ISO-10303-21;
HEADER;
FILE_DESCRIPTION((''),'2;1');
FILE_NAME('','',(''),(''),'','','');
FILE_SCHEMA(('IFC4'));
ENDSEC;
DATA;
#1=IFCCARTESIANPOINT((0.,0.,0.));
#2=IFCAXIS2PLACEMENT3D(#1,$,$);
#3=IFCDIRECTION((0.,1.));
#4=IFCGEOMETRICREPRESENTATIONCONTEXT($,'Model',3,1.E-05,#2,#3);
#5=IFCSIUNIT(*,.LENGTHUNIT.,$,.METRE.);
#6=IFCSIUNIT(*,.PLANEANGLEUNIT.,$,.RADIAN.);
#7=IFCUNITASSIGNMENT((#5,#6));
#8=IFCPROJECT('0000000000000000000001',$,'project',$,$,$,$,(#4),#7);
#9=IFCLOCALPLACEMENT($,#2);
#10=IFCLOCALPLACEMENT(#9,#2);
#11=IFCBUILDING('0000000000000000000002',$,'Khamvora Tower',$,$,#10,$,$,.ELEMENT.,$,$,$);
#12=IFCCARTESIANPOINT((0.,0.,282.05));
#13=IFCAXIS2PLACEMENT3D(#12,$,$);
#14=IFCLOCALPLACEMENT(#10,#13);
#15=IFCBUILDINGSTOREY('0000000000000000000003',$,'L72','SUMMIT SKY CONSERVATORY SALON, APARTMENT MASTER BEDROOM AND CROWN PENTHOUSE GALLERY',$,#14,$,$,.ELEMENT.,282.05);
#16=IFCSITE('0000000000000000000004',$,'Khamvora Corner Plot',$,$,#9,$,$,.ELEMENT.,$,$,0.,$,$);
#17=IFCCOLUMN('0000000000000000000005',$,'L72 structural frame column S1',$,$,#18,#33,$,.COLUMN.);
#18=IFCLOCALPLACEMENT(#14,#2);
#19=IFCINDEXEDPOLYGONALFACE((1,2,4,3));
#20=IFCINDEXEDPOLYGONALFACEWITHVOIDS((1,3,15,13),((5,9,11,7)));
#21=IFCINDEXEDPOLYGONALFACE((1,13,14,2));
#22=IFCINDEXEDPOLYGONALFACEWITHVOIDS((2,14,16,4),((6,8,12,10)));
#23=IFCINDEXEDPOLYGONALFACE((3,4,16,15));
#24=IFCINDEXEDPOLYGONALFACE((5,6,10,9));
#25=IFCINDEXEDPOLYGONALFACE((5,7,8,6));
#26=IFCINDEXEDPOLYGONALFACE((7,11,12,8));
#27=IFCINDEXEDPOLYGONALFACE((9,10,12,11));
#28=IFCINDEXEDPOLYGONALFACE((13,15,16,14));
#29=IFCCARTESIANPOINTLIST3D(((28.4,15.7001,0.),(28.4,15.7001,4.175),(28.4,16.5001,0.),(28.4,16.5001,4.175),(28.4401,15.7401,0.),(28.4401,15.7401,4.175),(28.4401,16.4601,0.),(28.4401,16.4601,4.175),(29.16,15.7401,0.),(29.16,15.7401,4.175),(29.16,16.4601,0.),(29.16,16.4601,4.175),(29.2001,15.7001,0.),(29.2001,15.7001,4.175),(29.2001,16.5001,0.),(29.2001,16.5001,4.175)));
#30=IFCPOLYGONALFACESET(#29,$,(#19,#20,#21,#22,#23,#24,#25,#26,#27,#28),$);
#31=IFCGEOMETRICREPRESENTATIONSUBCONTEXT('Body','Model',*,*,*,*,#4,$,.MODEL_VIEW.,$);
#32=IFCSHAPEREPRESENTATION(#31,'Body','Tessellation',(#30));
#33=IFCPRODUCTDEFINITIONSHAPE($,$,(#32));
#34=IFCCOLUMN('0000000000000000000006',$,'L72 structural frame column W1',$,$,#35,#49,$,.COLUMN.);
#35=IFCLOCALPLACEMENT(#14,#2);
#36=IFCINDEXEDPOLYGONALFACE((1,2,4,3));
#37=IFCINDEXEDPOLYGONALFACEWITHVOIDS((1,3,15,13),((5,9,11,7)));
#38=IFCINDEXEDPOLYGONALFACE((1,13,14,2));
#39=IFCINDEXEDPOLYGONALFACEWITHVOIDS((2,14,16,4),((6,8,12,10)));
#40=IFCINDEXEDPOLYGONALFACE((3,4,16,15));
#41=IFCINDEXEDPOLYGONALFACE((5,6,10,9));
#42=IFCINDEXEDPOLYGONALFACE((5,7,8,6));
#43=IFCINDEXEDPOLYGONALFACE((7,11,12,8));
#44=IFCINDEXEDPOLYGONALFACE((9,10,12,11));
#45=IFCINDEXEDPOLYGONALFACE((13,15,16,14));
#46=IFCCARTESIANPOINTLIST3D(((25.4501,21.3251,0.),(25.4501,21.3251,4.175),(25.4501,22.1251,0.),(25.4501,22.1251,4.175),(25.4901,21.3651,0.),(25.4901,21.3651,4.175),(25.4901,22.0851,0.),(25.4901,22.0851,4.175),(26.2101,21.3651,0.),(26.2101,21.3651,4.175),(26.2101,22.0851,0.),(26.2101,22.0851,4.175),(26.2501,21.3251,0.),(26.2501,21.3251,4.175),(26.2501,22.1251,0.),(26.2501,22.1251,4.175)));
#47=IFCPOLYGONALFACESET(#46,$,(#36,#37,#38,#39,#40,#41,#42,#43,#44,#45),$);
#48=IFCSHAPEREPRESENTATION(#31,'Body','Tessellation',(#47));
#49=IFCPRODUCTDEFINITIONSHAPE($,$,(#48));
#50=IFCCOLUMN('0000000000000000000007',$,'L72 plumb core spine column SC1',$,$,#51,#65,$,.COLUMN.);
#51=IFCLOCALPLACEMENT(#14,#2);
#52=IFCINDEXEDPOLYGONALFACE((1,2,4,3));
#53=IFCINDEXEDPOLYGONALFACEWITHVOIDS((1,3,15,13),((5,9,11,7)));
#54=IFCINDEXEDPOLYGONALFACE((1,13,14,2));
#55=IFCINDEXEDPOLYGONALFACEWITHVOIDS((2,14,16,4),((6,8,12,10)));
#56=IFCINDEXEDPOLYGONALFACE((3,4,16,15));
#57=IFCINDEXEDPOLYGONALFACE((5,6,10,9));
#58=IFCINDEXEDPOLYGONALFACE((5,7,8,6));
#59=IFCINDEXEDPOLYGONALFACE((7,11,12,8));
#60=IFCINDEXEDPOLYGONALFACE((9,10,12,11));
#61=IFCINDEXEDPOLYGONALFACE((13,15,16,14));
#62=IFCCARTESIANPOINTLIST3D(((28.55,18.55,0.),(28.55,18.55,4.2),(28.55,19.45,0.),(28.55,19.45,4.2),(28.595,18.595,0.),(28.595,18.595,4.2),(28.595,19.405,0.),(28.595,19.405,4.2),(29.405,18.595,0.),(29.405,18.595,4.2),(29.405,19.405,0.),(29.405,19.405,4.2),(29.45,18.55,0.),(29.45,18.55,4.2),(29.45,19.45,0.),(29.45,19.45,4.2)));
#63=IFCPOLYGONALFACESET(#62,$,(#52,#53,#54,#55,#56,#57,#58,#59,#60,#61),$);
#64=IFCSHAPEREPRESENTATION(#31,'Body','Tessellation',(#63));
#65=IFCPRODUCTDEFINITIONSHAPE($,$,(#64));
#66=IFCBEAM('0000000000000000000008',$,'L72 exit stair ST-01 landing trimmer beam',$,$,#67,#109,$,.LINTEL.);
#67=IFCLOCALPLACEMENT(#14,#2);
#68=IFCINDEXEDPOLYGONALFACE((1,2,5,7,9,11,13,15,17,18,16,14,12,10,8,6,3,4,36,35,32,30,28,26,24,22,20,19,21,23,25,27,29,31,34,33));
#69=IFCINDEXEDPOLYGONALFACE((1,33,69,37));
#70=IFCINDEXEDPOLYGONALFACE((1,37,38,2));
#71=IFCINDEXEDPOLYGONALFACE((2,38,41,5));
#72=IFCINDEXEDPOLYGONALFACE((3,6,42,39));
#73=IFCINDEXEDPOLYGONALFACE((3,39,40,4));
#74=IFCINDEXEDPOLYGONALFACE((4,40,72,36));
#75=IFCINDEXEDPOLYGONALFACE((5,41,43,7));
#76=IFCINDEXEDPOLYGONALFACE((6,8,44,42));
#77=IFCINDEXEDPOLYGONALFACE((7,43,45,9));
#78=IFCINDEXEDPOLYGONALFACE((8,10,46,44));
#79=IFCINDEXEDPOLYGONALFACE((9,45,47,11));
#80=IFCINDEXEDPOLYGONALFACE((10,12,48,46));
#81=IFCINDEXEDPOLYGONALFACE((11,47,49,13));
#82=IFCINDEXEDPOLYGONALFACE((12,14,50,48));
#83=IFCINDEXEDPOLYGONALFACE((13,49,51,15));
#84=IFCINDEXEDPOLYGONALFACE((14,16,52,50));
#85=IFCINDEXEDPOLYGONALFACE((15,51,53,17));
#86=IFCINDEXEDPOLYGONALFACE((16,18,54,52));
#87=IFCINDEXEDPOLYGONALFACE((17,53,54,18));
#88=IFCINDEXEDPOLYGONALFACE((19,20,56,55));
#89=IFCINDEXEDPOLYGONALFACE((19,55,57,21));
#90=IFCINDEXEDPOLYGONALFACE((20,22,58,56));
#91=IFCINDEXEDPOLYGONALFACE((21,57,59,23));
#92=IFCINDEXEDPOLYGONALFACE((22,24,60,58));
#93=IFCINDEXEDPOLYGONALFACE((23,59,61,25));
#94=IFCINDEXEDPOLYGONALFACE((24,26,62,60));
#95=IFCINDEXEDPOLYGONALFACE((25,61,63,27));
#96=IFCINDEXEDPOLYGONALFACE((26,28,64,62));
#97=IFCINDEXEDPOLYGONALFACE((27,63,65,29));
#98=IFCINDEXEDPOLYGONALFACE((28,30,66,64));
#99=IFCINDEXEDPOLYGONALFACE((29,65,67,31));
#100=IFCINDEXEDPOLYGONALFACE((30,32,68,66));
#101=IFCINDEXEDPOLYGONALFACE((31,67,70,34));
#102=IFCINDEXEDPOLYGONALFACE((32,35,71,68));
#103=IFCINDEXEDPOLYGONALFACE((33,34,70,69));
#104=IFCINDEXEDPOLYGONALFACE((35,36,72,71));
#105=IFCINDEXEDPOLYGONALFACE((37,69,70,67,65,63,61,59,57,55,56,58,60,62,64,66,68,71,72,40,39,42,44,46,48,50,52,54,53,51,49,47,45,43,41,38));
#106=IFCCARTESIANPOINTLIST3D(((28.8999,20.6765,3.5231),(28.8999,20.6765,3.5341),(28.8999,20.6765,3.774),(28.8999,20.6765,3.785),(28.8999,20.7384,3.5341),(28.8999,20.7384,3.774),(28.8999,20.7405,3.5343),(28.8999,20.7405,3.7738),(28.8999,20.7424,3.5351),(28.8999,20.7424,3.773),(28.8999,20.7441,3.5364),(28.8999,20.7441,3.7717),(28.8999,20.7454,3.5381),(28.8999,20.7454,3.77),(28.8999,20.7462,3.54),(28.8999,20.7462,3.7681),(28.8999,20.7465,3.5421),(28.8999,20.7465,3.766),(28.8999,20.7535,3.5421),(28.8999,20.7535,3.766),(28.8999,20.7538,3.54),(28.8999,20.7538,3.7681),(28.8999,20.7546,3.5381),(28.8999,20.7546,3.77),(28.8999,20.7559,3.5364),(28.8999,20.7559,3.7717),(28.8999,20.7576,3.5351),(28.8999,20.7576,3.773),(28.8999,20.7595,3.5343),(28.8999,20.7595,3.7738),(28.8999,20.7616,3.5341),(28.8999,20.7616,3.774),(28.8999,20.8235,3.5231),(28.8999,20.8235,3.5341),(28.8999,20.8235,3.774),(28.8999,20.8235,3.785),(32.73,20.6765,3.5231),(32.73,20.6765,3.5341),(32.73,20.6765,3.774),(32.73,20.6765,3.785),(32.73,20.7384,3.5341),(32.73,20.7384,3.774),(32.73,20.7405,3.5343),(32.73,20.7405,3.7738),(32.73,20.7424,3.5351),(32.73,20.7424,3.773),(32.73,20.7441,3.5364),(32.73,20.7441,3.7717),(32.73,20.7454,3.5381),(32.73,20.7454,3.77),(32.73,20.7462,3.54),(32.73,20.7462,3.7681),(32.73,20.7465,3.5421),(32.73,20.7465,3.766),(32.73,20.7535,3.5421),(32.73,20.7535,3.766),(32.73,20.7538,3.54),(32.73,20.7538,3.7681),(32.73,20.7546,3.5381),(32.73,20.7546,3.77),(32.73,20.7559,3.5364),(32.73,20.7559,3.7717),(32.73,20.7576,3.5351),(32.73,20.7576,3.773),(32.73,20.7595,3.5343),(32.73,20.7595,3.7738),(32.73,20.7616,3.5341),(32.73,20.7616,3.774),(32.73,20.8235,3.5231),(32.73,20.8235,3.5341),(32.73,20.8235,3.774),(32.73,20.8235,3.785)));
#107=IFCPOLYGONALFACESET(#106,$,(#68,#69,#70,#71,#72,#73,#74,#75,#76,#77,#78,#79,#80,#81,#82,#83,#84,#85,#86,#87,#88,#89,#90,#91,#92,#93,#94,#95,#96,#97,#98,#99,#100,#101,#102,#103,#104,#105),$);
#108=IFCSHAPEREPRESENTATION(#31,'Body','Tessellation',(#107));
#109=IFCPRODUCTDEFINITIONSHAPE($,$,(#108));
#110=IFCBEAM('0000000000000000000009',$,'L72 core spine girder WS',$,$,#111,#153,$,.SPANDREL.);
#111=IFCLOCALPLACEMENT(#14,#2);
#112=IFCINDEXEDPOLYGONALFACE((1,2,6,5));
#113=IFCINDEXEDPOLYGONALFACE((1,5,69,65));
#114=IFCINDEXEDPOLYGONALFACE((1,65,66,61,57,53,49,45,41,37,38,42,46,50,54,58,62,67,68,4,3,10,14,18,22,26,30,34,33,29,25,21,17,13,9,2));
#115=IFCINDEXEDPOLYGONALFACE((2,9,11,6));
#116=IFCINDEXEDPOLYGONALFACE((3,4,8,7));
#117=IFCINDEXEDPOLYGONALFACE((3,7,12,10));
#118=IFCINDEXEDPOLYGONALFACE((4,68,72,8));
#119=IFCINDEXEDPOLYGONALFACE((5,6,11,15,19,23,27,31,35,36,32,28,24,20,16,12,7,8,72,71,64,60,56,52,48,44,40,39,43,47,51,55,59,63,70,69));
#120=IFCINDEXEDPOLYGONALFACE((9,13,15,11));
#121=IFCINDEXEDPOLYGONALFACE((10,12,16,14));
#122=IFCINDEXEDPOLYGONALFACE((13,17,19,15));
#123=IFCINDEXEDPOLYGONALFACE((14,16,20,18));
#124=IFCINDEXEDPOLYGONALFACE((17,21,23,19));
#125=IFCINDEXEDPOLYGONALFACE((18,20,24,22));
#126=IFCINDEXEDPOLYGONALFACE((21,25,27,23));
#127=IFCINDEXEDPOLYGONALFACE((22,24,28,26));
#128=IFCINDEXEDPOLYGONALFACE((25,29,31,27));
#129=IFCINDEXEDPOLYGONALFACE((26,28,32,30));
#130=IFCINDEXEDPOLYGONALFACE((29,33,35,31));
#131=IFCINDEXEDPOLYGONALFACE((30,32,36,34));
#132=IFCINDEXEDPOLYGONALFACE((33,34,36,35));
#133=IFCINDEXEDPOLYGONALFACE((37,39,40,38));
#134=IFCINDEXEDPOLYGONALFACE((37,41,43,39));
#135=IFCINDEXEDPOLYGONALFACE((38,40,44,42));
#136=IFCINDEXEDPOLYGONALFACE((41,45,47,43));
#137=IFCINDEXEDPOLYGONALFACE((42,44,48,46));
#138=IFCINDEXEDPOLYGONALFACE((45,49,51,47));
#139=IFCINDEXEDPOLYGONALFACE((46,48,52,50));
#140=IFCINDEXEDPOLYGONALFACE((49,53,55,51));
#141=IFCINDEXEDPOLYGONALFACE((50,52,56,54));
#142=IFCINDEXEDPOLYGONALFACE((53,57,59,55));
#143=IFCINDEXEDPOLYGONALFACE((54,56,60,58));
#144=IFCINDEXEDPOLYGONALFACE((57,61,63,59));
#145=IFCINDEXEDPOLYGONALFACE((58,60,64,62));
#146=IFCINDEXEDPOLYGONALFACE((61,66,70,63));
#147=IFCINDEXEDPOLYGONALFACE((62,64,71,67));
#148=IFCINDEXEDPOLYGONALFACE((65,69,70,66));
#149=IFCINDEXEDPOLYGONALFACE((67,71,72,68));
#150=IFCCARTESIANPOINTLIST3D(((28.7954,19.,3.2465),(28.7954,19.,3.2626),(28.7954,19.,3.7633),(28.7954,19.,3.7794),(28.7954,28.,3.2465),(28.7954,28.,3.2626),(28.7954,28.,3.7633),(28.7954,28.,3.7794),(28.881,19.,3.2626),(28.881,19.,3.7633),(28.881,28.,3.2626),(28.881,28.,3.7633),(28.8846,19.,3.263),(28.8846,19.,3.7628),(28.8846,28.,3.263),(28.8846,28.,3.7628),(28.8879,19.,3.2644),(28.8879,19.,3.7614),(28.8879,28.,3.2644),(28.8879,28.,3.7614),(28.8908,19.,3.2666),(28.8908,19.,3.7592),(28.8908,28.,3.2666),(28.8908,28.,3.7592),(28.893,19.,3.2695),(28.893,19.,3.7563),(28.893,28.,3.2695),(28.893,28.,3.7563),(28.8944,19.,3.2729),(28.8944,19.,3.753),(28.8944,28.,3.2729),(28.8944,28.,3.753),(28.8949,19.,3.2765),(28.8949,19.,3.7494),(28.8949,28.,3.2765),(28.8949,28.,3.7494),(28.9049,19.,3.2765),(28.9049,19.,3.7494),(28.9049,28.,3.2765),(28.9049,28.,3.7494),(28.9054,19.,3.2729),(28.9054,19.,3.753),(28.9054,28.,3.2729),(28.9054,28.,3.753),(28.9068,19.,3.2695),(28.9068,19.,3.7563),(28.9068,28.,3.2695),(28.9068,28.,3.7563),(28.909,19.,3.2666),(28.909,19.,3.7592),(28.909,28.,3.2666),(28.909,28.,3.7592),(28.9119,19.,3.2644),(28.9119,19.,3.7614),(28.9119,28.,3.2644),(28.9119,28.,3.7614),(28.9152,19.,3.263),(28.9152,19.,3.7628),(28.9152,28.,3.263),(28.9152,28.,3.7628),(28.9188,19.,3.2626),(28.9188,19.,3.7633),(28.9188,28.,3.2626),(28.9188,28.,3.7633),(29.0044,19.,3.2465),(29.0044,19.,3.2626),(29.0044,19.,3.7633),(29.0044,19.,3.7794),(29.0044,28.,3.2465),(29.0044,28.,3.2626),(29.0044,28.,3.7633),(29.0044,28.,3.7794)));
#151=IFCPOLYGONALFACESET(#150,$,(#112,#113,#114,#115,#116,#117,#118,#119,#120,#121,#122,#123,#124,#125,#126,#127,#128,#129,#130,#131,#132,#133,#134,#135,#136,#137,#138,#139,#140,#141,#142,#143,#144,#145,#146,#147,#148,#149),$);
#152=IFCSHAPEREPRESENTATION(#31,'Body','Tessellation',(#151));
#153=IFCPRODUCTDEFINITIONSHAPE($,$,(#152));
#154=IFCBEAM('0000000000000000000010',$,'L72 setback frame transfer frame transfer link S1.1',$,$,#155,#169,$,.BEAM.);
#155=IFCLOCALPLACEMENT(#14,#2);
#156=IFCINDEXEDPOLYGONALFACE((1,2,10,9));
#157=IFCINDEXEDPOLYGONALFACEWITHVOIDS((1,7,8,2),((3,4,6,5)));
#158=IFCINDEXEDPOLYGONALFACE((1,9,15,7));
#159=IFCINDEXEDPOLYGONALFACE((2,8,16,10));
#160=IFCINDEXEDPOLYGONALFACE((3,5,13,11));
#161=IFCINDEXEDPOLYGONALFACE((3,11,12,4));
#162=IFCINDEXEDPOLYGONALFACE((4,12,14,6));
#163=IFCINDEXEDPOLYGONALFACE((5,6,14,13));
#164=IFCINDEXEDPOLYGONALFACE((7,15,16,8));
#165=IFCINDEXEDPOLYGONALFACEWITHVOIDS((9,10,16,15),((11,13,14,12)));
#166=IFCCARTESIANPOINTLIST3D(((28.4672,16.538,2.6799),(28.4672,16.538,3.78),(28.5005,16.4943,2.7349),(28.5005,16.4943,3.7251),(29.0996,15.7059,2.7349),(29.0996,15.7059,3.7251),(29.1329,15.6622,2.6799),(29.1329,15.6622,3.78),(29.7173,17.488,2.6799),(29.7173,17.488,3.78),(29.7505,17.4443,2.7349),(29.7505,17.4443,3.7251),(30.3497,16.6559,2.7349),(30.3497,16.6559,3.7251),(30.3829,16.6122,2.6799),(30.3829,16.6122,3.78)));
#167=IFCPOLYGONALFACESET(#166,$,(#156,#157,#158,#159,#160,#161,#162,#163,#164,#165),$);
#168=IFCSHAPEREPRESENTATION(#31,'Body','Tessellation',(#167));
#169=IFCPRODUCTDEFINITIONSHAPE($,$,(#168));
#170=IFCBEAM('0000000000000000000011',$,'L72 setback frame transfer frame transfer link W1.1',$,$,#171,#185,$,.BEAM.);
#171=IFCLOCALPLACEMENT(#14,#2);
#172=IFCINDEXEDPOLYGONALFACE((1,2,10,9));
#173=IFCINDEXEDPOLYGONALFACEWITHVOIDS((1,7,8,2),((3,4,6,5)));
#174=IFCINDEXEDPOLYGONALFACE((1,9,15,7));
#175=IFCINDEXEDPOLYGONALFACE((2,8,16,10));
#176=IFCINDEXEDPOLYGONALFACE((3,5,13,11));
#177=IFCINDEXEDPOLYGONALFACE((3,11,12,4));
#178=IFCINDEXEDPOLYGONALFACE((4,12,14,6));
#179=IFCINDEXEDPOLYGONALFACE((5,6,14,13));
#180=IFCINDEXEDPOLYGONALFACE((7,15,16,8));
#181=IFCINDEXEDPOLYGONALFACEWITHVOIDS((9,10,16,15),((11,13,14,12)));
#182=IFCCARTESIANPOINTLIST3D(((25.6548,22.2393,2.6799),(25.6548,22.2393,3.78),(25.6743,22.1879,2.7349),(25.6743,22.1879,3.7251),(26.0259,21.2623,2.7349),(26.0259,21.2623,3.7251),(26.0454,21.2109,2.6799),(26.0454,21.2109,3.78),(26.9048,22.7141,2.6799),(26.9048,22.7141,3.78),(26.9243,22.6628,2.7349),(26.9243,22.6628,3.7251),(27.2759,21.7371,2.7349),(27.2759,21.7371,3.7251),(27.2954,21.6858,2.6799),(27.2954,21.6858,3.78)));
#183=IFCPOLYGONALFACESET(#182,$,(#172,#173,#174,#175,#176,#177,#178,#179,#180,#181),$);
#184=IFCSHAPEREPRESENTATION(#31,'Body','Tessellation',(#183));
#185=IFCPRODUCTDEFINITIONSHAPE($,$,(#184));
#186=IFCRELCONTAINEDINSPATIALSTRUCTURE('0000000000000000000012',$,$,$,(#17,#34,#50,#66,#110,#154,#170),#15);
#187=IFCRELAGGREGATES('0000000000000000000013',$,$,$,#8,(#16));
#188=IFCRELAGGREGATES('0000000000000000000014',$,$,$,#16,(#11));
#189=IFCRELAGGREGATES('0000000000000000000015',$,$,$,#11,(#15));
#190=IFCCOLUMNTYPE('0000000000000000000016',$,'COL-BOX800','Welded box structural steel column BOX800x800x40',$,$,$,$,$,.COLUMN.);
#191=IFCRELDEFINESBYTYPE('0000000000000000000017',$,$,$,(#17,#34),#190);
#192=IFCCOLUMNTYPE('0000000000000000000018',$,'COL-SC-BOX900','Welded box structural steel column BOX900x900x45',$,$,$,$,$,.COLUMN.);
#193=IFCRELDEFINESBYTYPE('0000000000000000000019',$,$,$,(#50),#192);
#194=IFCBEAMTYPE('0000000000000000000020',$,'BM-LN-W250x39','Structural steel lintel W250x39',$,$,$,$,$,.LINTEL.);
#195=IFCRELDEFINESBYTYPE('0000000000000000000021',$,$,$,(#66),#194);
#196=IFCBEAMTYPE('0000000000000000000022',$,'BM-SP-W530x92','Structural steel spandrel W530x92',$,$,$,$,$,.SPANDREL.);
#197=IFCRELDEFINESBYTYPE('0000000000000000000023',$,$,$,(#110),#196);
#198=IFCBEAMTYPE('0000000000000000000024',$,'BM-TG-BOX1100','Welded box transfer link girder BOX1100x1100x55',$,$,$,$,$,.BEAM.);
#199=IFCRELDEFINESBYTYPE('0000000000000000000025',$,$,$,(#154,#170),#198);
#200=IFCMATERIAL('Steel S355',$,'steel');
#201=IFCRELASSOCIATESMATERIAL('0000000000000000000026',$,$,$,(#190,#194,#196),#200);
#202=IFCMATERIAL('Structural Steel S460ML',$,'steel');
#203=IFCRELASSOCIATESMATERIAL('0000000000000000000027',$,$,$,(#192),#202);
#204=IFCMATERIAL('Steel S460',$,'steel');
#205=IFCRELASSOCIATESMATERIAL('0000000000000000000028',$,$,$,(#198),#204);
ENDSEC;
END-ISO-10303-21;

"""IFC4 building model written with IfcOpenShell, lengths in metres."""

from ifc_helpers import new_model, si_unit, direction, frame, origin, origin_2d, place, context, subcontext, project, spatial, hollow_rectangle, i_section, extrude, material, material_profile, profile_set, type_object, element, save


model = new_model("IFC4")

# Units and contexts
model_context = context("Model", 3, precision=1e-05, world=origin(), true_north=direction((0.0, 1.0)))
body_context = subcontext(model_context, "Body", "Model", "MODEL_VIEW")
ifc_project = project(units=[si_unit("LENGTHUNIT", "METRE"), si_unit("PLANEANGLEUNIT", "RADIAN")], contexts=[model_context])

# Site, building, storey
site_placement = place(None, origin())
site = spatial("IfcSite", under=ifc_project, at=site_placement, Name="Khamvora Corner Plot", CompositionType="ELEMENT", RefElevation=0.0)
building_placement = place(site_placement, origin())
building = spatial("IfcBuilding", under=site, at=building_placement, Name="Khamvora Tower", CompositionType="ELEMENT")
storey_placement = place(building_placement, frame((0.0, 0.0, 282.05)))
storey = spatial("IfcBuildingStorey", under=building, at=storey_placement, Name="L72", Description="SUMMIT SKY CONSERVATORY SALON, APARTMENT MASTER BEDROOM AND CROWN PENTHOUSE GALLERY", CompositionType="ELEMENT", Elevation=282.05)

# Columns
ifc_material_1 = material(Name="Steel S355", Category="steel")
ifc_material_profile_1 = material_profile(ifc_material_1, hollow_rectangle(XDim=0.8, YDim=0.8, WallThickness=0.04, at=origin_2d()), Name="BOX800x800x40")
ifc_profile_set_1 = profile_set([ifc_material_profile_1], Name="Steel S355")
column_type_1 = type_object("IfcColumnType", Name="COL-BOX800", Description="Welded box structural steel column BOX800x800x40", PredefinedType="COLUMN", material=ifc_profile_set_1)
for number, where, z_axis, x_axis, name in (
    (1, (28.8, 16.1001, 0.0), (0.0, 0.0, 1.0), (1.0, 0.0, 0.0), "L72 structural frame column S1"),
    (2, (25.8501, 21.7251, 0.0), (0.0, 0.0, 1.0), (1.0, 0.0, 0.0), "L72 structural frame column W1"),
):
    element("IfcColumn", number, at=place(storey_placement, frame(where, z_axis=z_axis, x_axis=x_axis)), inside=storey, type_object=column_type_1, Name=name, PredefinedType="COLUMN", context=body_context, shape_type="SweptSolid", body=[
        extrude(hollow_rectangle(XDim=0.8, YDim=0.8, WallThickness=0.04, at=origin_2d()), origin(), (0.0, 0.0, 1.0), 4.175),
    ])
ifc_material_2 = material(Name="Structural Steel S460ML", Category="steel")
ifc_material_profile_2 = material_profile(ifc_material_2, hollow_rectangle(XDim=0.8999, YDim=0.8999, WallThickness=0.0449, at=origin_2d()), Name="BOX900x900x45")
ifc_profile_set_2 = profile_set([ifc_material_profile_2], Name="Structural Steel S460ML")
column_type_2 = type_object("IfcColumnType", Name="COL-SC-BOX900", Description="Welded box structural steel column BOX900x900x45", PredefinedType="COLUMN", material=ifc_profile_set_2)
column_placement = place(storey_placement, frame((29.0, 19.0, 0.0), z_axis=(0.0, 0.0, 1.0), x_axis=(1.0, 0.0, 0.0)))
element("IfcColumn", 3, at=column_placement, inside=storey, type_object=column_type_2, Name="L72 plumb core spine column SC1", PredefinedType="COLUMN", context=body_context, shape_type="SweptSolid", body=[
    extrude(hollow_rectangle(XDim=0.8999, YDim=0.8999, WallThickness=0.0449, at=origin_2d()), origin(), (0.0, 0.0, 1.0), 4.2),
])

# Beams
ifc_material_profile_3 = material_profile(ifc_material_1, i_section(OverallWidth=0.147, OverallDepth=0.262, WebThickness=0.0071, FlangeThickness=0.011, FilletRadius=0.0081, at=origin_2d()), Name="W250x39")
ifc_profile_set_3 = profile_set([ifc_material_profile_3], Name="Steel S355")
beam_type_1 = type_object("IfcBeamType", Name="BM-LN-W250x39", Description="Structural steel lintel W250x39", PredefinedType="LINTEL", material=ifc_profile_set_3)
beam_1_placement = place(storey_placement, frame((28.8999, 20.75, 3.6541), z_axis=(1.0, 0.0, 0.0), x_axis=(0.0, 1.0, 0.0)))
element("IfcBeam", 4, at=beam_1_placement, inside=storey, type_object=beam_type_1, Name="L72 exit stair ST-01 landing trimmer beam", PredefinedType="LINTEL", context=body_context, shape_type="SweptSolid", body=[
    extrude(i_section(OverallWidth=0.147, OverallDepth=0.262, WebThickness=0.0071, FlangeThickness=0.011, FilletRadius=0.0081, at=origin_2d()), origin(), (0.0, 0.0, 1.0), 3.8301),
])
ifc_material_profile_4 = material_profile(ifc_material_1, i_section(OverallWidth=0.209, OverallDepth=0.533, WebThickness=0.01, FlangeThickness=0.0161, FilletRadius=0.0139, at=origin_2d()), Name="W530x92")
ifc_profile_set_4 = profile_set([ifc_material_profile_4], Name="Steel S355")
beam_type_2 = type_object("IfcBeamType", Name="BM-SP-W530x92", Description="Structural steel spandrel W530x92", PredefinedType="SPANDREL", material=ifc_profile_set_4)
beam_2_placement = place(storey_placement, frame((28.8999, 19.0, 3.5129), z_axis=(0.0, 1.0, 0.0), x_axis=(-1.0, 0.0, 0.0)))
element("IfcBeam", 5, at=beam_2_placement, inside=storey, type_object=beam_type_2, Name="L72 core spine girder WS", PredefinedType="SPANDREL", context=body_context, shape_type="SweptSolid", body=[
    extrude(i_section(OverallWidth=0.209, OverallDepth=0.533, WebThickness=0.01, FlangeThickness=0.0161, FilletRadius=0.0139, at=origin_2d()), origin(), (0.0, 0.0, 1.0), 9.0),
])
ifc_material_3 = material(Name="Steel S460", Category="steel")
ifc_material_profile_5 = material_profile(ifc_material_3, hollow_rectangle(XDim=1.1001, YDim=1.1001, WallThickness=0.0549, at=origin_2d()), Name="BOX1100x1100x55")
ifc_profile_set_5 = profile_set([ifc_material_profile_5], Name="Steel S460")
beam_type_3 = type_object("IfcBeamType", Name="BM-TG-BOX1100", Description="Welded box transfer link girder BOX1100x1100x55", PredefinedType="BEAM", material=ifc_profile_set_5)
beam_3_placement = place(storey_placement, frame((28.8, 16.1001, 3.23), z_axis=(0.796177, 0.605064, 0.0), x_axis=(-0.605064, 0.796177, 0.0)))
element("IfcBeam", 6, at=beam_3_placement, inside=storey, type_object=beam_type_3, Name="L72 setback frame transfer frame transfer link S1.1", PredefinedType="BEAM", context=body_context, shape_type="SweptSolid", body=[
    extrude(hollow_rectangle(XDim=1.1001, YDim=1.1001, WallThickness=0.0549, at=origin_2d()), origin(), (0.0, 0.0, 1.0), 1.5701),
])
beam_4_placement = place(storey_placement, frame((25.8501, 21.7251, 3.23), z_axis=(0.93482, 0.355122, 0.0), x_axis=(-0.355122, 0.93482, 0.0)))
element("IfcBeam", 7, at=beam_4_placement, inside=storey, type_object=beam_type_3, Name="L72 setback frame transfer frame transfer link W1.1", PredefinedType="BEAM", context=body_context, shape_type="SweptSolid", body=[
    extrude(hollow_rectangle(XDim=1.1001, YDim=1.1001, WallThickness=0.0549, at=origin_2d()), origin(), (0.0, 0.0, 1.0), 1.3372),
])

save(model, "model.ifc")
